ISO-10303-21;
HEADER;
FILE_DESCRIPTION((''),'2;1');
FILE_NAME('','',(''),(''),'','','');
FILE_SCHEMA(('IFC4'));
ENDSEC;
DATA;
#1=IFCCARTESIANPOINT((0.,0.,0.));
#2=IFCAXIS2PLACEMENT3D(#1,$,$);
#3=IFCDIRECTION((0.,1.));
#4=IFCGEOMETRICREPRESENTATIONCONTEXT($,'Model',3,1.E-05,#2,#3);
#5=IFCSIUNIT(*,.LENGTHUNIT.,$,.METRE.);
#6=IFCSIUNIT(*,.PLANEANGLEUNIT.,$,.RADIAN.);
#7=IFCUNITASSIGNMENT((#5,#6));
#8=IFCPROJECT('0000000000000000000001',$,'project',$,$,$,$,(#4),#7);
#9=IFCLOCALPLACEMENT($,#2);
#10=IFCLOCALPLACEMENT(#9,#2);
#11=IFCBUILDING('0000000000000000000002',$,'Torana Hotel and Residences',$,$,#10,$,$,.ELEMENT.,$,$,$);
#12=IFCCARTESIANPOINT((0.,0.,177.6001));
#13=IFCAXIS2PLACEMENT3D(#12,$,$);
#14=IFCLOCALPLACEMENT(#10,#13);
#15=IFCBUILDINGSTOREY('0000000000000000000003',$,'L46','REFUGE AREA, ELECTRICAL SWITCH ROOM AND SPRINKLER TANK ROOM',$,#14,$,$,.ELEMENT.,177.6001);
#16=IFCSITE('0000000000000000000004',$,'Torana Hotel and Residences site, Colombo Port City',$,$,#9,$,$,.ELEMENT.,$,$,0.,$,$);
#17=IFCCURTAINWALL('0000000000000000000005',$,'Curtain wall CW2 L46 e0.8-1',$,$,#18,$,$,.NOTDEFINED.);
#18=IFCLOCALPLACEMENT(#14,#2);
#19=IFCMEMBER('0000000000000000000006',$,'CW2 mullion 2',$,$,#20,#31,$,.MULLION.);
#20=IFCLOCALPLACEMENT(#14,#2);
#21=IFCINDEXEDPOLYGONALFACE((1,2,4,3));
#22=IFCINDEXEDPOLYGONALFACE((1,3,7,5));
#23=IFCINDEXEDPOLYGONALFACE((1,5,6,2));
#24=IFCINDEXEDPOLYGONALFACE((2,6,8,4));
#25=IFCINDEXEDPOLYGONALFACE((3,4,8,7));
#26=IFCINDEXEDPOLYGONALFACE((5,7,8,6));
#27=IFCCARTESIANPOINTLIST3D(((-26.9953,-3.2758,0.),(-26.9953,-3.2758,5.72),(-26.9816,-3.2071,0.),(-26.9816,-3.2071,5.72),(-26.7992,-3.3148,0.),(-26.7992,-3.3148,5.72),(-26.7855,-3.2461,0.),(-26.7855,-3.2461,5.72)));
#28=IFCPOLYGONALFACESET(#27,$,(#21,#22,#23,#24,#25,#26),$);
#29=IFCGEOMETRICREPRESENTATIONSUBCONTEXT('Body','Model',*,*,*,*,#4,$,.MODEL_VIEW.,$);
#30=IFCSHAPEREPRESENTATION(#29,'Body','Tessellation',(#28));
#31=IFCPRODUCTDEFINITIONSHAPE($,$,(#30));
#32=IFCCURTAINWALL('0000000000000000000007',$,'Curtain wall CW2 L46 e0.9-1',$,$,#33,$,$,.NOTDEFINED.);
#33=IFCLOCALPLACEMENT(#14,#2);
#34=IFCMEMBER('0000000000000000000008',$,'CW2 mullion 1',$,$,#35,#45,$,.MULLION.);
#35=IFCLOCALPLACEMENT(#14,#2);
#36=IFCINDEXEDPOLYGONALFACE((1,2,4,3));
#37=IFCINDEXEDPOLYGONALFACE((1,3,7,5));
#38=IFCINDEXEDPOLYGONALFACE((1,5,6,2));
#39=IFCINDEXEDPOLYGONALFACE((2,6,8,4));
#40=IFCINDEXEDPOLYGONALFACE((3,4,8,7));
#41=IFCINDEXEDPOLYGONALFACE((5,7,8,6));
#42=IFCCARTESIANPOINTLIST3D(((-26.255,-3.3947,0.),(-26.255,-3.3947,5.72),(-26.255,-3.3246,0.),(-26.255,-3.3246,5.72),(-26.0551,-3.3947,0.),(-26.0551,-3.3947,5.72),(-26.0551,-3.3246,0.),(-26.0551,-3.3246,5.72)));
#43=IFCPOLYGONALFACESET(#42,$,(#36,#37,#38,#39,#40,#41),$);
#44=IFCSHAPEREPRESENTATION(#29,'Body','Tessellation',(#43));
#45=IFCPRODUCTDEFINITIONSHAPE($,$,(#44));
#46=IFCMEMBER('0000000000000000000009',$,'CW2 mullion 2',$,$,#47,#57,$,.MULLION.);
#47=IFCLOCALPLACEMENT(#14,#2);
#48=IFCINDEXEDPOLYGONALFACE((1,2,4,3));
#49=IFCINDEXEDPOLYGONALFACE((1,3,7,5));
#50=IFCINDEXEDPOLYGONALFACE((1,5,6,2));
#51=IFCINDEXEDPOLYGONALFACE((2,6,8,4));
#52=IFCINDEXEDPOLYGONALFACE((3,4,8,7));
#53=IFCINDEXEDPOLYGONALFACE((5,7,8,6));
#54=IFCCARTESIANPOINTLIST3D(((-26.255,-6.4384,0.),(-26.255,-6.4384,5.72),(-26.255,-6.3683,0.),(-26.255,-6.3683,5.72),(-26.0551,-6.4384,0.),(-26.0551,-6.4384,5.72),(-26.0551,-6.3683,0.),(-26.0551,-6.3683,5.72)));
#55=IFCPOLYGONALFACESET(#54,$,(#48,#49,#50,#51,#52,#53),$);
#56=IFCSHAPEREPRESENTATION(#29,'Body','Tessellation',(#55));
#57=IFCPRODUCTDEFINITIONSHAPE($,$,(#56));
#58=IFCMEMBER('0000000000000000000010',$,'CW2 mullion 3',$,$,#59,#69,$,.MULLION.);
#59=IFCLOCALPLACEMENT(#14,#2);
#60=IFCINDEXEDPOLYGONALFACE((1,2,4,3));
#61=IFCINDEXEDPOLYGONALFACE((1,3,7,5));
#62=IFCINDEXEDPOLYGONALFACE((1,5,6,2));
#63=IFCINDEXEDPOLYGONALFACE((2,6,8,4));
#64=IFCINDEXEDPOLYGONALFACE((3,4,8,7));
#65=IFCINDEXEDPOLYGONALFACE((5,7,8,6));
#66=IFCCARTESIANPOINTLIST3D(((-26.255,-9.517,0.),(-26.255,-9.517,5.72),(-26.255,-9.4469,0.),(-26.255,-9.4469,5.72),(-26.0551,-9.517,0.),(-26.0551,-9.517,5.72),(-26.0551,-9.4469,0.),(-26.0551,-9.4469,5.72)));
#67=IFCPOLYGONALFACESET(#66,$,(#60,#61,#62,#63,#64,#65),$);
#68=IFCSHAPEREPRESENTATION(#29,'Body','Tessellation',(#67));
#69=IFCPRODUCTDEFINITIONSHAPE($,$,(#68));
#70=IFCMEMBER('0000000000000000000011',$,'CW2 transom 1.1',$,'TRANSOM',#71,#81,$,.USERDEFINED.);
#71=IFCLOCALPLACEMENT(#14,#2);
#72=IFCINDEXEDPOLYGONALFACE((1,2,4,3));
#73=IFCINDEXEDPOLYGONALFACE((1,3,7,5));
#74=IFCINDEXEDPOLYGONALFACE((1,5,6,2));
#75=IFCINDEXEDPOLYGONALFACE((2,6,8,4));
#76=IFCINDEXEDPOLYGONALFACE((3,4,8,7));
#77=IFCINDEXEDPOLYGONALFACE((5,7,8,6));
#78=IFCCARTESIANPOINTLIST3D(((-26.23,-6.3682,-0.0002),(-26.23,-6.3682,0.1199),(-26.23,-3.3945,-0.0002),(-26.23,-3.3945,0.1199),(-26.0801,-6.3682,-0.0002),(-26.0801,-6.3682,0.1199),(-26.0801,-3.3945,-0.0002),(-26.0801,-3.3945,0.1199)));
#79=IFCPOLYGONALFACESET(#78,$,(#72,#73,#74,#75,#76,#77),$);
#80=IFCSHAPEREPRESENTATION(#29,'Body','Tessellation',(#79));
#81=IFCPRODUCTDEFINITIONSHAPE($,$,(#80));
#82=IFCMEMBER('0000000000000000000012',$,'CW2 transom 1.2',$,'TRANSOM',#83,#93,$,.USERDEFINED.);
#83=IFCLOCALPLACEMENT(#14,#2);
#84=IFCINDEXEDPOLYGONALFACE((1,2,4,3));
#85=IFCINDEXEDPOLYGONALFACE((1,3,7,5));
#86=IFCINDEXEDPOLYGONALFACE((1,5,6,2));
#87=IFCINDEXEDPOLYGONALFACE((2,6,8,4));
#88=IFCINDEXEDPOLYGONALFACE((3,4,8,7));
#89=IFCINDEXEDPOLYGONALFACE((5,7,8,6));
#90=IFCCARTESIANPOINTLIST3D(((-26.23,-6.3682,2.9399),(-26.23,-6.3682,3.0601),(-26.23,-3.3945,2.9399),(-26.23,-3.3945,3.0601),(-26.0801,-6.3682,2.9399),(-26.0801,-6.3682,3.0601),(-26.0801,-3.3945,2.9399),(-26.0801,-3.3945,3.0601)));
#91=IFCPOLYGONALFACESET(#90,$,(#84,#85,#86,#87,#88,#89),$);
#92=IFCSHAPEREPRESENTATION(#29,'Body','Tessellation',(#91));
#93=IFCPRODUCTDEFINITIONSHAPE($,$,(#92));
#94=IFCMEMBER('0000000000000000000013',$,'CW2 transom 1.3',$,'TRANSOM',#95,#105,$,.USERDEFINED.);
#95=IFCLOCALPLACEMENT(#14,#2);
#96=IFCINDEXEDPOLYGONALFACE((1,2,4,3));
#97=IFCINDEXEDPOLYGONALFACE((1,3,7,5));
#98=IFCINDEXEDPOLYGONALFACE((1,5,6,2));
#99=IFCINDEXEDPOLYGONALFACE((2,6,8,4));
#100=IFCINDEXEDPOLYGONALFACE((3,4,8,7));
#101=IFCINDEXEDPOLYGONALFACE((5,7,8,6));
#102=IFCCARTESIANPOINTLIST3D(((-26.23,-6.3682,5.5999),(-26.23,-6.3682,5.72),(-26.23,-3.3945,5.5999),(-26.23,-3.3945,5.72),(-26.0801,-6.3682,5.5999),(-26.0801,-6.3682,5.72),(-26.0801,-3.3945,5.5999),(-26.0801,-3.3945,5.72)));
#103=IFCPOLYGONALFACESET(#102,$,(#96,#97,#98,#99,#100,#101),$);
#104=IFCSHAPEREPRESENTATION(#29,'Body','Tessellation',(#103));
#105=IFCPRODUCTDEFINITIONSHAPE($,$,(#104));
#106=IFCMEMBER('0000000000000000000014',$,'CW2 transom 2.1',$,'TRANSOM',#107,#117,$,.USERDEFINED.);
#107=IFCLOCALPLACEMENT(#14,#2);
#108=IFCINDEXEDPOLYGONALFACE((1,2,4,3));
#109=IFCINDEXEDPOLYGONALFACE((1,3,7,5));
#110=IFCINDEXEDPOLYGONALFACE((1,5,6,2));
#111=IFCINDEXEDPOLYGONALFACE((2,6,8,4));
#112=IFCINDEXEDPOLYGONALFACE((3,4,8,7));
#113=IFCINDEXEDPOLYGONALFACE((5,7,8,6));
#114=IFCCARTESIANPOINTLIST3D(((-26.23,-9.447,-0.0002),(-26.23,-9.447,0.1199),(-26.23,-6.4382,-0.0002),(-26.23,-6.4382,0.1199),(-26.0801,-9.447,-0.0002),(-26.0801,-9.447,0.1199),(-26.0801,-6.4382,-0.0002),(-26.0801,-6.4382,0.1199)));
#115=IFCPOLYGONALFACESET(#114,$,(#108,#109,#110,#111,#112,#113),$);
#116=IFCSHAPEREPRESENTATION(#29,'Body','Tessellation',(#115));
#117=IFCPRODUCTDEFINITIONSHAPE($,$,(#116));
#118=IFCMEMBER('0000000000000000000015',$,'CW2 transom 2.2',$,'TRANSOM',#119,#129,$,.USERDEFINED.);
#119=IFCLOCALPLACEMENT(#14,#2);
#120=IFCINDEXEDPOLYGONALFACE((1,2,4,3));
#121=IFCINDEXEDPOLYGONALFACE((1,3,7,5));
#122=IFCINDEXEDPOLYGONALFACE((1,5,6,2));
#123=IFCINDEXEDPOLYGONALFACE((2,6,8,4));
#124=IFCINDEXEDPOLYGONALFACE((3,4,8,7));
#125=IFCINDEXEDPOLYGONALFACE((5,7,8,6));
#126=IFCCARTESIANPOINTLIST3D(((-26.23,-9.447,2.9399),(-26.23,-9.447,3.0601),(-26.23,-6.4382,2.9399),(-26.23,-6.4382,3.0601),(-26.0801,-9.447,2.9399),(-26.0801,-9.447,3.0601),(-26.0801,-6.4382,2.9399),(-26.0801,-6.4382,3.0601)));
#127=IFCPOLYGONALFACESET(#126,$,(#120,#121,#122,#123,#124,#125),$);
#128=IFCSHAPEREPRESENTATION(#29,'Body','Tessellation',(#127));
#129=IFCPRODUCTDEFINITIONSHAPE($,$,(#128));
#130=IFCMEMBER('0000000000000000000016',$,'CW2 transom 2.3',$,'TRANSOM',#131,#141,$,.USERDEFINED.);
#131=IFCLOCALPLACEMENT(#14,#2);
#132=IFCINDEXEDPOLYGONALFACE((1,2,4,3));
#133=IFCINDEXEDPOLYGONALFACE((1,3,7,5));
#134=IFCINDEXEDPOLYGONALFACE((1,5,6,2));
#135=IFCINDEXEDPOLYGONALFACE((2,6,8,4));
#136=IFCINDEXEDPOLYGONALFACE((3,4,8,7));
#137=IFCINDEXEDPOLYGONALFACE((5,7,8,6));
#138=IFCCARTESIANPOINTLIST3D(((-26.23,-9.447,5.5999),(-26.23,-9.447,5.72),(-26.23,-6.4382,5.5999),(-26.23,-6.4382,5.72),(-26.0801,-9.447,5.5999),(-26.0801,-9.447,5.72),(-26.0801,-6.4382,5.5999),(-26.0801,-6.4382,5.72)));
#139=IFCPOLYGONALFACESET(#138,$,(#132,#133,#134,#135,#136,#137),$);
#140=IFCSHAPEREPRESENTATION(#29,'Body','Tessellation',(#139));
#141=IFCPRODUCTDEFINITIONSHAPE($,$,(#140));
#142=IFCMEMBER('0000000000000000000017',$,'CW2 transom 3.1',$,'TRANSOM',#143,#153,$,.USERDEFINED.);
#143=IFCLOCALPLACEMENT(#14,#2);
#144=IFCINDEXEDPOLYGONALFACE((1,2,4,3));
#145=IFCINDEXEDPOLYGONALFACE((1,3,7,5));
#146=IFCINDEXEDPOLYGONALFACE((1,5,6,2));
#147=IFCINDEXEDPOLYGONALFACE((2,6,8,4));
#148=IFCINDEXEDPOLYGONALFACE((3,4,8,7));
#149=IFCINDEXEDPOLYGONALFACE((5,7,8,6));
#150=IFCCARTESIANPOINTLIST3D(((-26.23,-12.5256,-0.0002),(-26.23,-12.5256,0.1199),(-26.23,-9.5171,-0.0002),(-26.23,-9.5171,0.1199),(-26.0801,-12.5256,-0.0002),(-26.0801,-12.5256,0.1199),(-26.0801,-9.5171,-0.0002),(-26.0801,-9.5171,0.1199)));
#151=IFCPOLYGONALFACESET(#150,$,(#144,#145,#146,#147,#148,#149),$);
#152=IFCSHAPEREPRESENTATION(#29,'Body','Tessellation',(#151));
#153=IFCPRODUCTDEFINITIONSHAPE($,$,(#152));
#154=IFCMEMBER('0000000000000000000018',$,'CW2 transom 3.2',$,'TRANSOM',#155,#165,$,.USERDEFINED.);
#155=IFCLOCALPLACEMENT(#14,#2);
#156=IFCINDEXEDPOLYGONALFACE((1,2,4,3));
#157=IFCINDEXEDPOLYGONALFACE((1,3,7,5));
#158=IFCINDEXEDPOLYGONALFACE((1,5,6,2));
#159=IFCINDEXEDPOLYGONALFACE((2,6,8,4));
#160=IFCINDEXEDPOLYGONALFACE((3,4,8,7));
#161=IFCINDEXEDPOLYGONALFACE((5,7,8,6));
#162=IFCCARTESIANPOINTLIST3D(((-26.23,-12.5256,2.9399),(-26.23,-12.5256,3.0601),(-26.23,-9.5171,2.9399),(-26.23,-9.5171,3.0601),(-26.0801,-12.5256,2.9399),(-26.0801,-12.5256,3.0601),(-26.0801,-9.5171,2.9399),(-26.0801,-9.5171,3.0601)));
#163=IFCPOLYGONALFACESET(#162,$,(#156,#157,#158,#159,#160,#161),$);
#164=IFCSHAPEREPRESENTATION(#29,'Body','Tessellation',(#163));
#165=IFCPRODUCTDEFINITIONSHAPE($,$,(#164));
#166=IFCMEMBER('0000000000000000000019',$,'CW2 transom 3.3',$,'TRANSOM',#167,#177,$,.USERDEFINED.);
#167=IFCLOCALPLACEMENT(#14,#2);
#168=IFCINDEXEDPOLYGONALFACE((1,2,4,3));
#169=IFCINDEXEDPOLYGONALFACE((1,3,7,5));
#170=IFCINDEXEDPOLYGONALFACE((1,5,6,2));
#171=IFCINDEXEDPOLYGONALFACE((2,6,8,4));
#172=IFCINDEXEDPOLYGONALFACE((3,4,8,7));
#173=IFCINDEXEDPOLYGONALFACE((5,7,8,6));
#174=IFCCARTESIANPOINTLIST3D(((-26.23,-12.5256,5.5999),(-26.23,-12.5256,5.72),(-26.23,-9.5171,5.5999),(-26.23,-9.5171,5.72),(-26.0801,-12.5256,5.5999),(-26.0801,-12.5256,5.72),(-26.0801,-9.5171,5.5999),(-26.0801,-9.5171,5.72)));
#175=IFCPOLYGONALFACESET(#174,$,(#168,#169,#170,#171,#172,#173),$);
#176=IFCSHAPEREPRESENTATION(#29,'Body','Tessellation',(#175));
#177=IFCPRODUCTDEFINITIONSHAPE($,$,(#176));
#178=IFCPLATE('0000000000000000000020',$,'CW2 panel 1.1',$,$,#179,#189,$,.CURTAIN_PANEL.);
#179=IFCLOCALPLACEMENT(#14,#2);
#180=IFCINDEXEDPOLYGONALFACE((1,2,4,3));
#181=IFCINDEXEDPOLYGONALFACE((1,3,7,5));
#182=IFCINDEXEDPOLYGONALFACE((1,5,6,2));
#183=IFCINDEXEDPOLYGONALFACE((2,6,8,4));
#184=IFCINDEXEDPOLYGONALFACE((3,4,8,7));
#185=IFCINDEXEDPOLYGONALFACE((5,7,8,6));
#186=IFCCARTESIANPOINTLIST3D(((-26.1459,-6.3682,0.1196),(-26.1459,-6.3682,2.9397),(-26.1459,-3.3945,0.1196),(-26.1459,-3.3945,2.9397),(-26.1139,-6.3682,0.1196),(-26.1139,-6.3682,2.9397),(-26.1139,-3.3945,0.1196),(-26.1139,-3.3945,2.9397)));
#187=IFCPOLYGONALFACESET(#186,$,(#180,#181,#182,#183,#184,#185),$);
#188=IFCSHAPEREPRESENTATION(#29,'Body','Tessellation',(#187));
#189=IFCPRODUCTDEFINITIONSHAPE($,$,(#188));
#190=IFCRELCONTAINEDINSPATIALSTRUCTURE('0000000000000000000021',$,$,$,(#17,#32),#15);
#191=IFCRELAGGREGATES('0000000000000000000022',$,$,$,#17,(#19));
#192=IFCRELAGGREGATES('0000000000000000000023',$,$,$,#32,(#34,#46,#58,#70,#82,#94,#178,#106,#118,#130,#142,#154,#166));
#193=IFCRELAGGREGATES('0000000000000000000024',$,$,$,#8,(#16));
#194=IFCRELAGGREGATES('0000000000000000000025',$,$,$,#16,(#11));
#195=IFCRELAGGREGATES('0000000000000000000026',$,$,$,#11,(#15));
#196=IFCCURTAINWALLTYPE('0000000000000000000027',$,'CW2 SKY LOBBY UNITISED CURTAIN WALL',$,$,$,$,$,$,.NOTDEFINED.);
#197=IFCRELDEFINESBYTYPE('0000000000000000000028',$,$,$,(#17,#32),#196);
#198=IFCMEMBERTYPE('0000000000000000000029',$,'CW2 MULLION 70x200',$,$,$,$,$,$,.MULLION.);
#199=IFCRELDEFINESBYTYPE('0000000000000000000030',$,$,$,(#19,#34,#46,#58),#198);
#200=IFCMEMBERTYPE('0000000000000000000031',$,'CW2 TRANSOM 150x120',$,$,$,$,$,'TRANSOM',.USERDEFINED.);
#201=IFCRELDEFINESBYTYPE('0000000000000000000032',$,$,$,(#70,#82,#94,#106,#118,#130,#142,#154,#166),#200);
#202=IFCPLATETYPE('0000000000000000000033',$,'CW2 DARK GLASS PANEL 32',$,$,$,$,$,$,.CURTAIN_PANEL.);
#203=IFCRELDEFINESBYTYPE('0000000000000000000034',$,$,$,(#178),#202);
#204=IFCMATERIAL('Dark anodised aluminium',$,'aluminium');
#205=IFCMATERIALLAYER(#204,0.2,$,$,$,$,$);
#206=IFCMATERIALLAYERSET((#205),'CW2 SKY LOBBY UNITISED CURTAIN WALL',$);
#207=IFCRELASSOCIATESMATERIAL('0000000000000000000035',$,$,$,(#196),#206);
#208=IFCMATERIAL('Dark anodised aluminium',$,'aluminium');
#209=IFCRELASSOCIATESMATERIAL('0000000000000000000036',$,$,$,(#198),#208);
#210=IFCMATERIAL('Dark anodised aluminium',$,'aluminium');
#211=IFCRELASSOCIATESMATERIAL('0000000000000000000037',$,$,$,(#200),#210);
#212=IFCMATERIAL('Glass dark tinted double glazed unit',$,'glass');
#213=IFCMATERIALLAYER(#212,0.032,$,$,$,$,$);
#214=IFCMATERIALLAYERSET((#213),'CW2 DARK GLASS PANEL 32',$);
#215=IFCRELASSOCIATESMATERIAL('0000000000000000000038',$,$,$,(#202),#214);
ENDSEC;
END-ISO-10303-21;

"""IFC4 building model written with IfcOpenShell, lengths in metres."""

from ifc_helpers import new_model, si_unit, direction, frame, origin, origin_2d, place, context, subcontext, project, spatial, rectangle, extrude, material, layer, layer_set, material_profile, profile_set, type_object, element, aggregate, save


model = new_model("IFC4")

# Units and contexts
model_context = context("Model", 3, precision=1e-05, world=origin(), true_north=direction((0.0, 1.0)))
body_context = subcontext(model_context, "Body", "Model", "MODEL_VIEW")
ifc_project = project(units=[si_unit("LENGTHUNIT", "METRE"), si_unit("PLANEANGLEUNIT", "RADIAN")], contexts=[model_context])

# Site, building, storey
site_placement = place(None, origin())
site = spatial("IfcSite", under=ifc_project, at=site_placement, Name="Torana Hotel and Residences site, Colombo Port City", CompositionType="ELEMENT", RefElevation=0.0)
building_placement = place(site_placement, origin())
building = spatial("IfcBuilding", under=site, at=building_placement, Name="Torana Hotel and Residences", CompositionType="ELEMENT")
storey_placement = place(building_placement, frame((0.0, 0.0, 177.6001)))
storey = spatial("IfcBuildingStorey", under=building, at=storey_placement, Name="L46", Description="REFUGE AREA, ELECTRICAL SWITCH ROOM AND SPRINKLER TANK ROOM", CompositionType="ELEMENT", Elevation=177.6001)

# Curtain wall, member
ifc_material_1 = material(Name="Dark anodised aluminium", Category="aluminium")
ifc_layer_1 = layer(ifc_material_1, 0.2)
ifc_layer_set_1 = layer_set([ifc_layer_1], Name="CW2 SKY LOBBY UNITISED CURTAIN WALL")
curtain_wall_type = type_object("IfcCurtainWallType", Name="CW2 SKY LOBBY UNITISED CURTAIN WALL", PredefinedType="NOTDEFINED", material=ifc_layer_set_1)
curtain_wall_1_placement = place(storey_placement, origin())
curtain_wall_1 = element("IfcCurtainWall", 1, at=curtain_wall_1_placement, inside=storey, type_object=curtain_wall_type, Name="Curtain wall CW2 L46 e0.8-1", PredefinedType="NOTDEFINED")
ifc_material_2 = material(Name="Dark anodised aluminium", Category="aluminium")
ifc_material_profile_1 = material_profile(ifc_material_2, rectangle(XDim=0.2, YDim=0.0701, at=origin_2d()), Name="CW2 MULLION 70x200")
ifc_profile_set_1 = profile_set([ifc_material_profile_1], Name="Dark anodised aluminium")
member_type_1 = type_object("IfcMemberType", Name="CW2 MULLION 70x200", PredefinedType="MULLION", material=ifc_profile_set_1)
member_1_placement = place(storey_placement, frame((-26.8904, -3.261, 0.0), z_axis=(0.0, 0.0, 1.0), x_axis=(0.980791, -0.195064, 0.0)))
member_1 = element("IfcMember", 2, at=member_1_placement, type_object=member_type_1, Name="CW2 mullion 2", PredefinedType="MULLION", context=body_context, shape_type="SweptSolid", body=[
    extrude(rectangle(XDim=0.2, YDim=0.0701, at=origin_2d()), origin(), (0.0, 0.0, 1.0), 5.72),
])
aggregate(curtain_wall_1, [member_1])

# Curtain wall, members, plate
curtain_wall_2_placement = place(storey_placement, origin())
curtain_wall_2 = element("IfcCurtainWall", 3, at=curtain_wall_2_placement, inside=storey, type_object=curtain_wall_type, Name="Curtain wall CW2 L46 e0.9-1", PredefinedType="NOTDEFINED")
member_2_placement = place(storey_placement, frame((-26.155, -3.3596, 0.0), z_axis=(0.0, 0.0, 1.0), x_axis=(1.0, 0.0, 0.0)))
member_2 = element("IfcMember", 4, at=member_2_placement, type_object=member_type_1, Name="CW2 mullion 1", PredefinedType="MULLION", context=body_context, shape_type="SweptSolid", body=[
    extrude(rectangle(XDim=0.2, YDim=0.0701, at=origin_2d()), origin(), (0.0, 0.0, 1.0), 5.72),
])
member_3_placement = place(storey_placement, frame((-26.155, -6.4033, 0.0), z_axis=(0.0, 0.0, 1.0), x_axis=(1.0, 0.0, 0.0)))
member_3 = element("IfcMember", 5, at=member_3_placement, type_object=member_type_1, Name="CW2 mullion 2", PredefinedType="MULLION", context=body_context, shape_type="SweptSolid", body=[
    extrude(rectangle(XDim=0.2, YDim=0.0701, at=origin_2d()), origin(), (0.0, 0.0, 1.0), 5.72),
])
member_4_placement = place(storey_placement, frame((-26.155, -9.4819, 0.0), z_axis=(0.0, 0.0, 1.0), x_axis=(1.0, 0.0, 0.0)))
member_4 = element("IfcMember", 6, at=member_4_placement, type_object=member_type_1, Name="CW2 mullion 3", PredefinedType="MULLION", context=body_context, shape_type="SweptSolid", body=[
    extrude(rectangle(XDim=0.2, YDim=0.0701, at=origin_2d()), origin(), (0.0, 0.0, 1.0), 5.72),
])
ifc_material_3 = material(Name="Dark anodised aluminium", Category="aluminium")
ifc_material_profile_2 = material_profile(ifc_material_3, rectangle(XDim=0.1499, YDim=0.1201, at=origin_2d()), Name="CW2 TRANSOM 150x120")
ifc_profile_set_2 = profile_set([ifc_material_profile_2], Name="Dark anodised aluminium")
member_type_2 = type_object("IfcMemberType", Name="CW2 TRANSOM 150x120", ElementType="TRANSOM", PredefinedType="USERDEFINED", material=ifc_profile_set_2)
member_5_placement = place(storey_placement, frame((-26.155, -3.3945, 0.0598), z_axis=(0.0, -1.0, 0.0), x_axis=(1.0, 0.0, 0.0)))
member_5 = element("IfcMember", 7, at=member_5_placement, type_object=member_type_2, Name="CW2 transom 1.1", ObjectType="TRANSOM", PredefinedType="USERDEFINED", context=body_context, shape_type="SweptSolid", body=[
    extrude(rectangle(XDim=0.1499, YDim=0.1201, at=origin_2d()), origin(), (0.0, 0.0, 1.0), 2.9736),
])
member_6_placement = place(storey_placement, frame((-26.155, -3.3945, 3.0), z_axis=(0.0, -1.0, 0.0), x_axis=(1.0, 0.0, 0.0)))
member_6 = element("IfcMember", 8, at=member_6_placement, type_object=member_type_2, Name="CW2 transom 1.2", ObjectType="TRANSOM", PredefinedType="USERDEFINED", context=body_context, shape_type="SweptSolid", body=[
    extrude(rectangle(XDim=0.1499, YDim=0.1201, at=origin_2d()), origin(), (0.0, 0.0, 1.0), 2.9736),
])
member_7_placement = place(storey_placement, frame((-26.155, -3.3945, 5.6599), z_axis=(0.0, -1.0, 0.0), x_axis=(1.0, 0.0, 0.0)))
member_7 = element("IfcMember", 9, at=member_7_placement, type_object=member_type_2, Name="CW2 transom 1.3", ObjectType="TRANSOM", PredefinedType="USERDEFINED", context=body_context, shape_type="SweptSolid", body=[
    extrude(rectangle(XDim=0.1499, YDim=0.1201, at=origin_2d()), origin(), (0.0, 0.0, 1.0), 2.9736),
])
member_8_placement = place(storey_placement, frame((-26.155, -6.4382, 0.0598), z_axis=(0.0, -1.0, 0.0), x_axis=(1.0, 0.0, 0.0)))
member_8 = element("IfcMember", 10, at=member_8_placement, type_object=member_type_2, Name="CW2 transom 2.1", ObjectType="TRANSOM", PredefinedType="USERDEFINED", context=body_context, shape_type="SweptSolid", body=[
    extrude(rectangle(XDim=0.1499, YDim=0.1201, at=origin_2d()), origin(), (0.0, 0.0, 1.0), 3.0088),
])
member_9_placement = place(storey_placement, frame((-26.155, -6.4382, 3.0), z_axis=(0.0, -1.0, 0.0), x_axis=(1.0, 0.0, 0.0)))
member_9 = element("IfcMember", 11, at=member_9_placement, type_object=member_type_2, Name="CW2 transom 2.2", ObjectType="TRANSOM", PredefinedType="USERDEFINED", context=body_context, shape_type="SweptSolid", body=[
    extrude(rectangle(XDim=0.1499, YDim=0.1201, at=origin_2d()), origin(), (0.0, 0.0, 1.0), 3.0088),
])
member_10_placement = place(storey_placement, frame((-26.155, -6.4382, 5.6599), z_axis=(0.0, -1.0, 0.0), x_axis=(1.0, 0.0, 0.0)))
member_10 = element("IfcMember", 12, at=member_10_placement, type_object=member_type_2, Name="CW2 transom 2.3", ObjectType="TRANSOM", PredefinedType="USERDEFINED", context=body_context, shape_type="SweptSolid", body=[
    extrude(rectangle(XDim=0.1499, YDim=0.1201, at=origin_2d()), origin(), (0.0, 0.0, 1.0), 3.0088),
])
member_11_placement = place(storey_placement, frame((-26.155, -9.5171, 0.0598), z_axis=(0.0, -1.0, 0.0), x_axis=(1.0, 0.0, 0.0)))
member_11 = element("IfcMember", 13, at=member_11_placement, type_object=member_type_2, Name="CW2 transom 3.1", ObjectType="TRANSOM", PredefinedType="USERDEFINED", context=body_context, shape_type="SweptSolid", body=[
    extrude(rectangle(XDim=0.1499, YDim=0.1201, at=origin_2d()), origin(), (0.0, 0.0, 1.0), 3.0085),
])
member_12_placement = place(storey_placement, frame((-26.155, -9.5171, 3.0), z_axis=(0.0, -1.0, 0.0), x_axis=(1.0, 0.0, 0.0)))
member_12 = element("IfcMember", 14, at=member_12_placement, type_object=member_type_2, Name="CW2 transom 3.2", ObjectType="TRANSOM", PredefinedType="USERDEFINED", context=body_context, shape_type="SweptSolid", body=[
    extrude(rectangle(XDim=0.1499, YDim=0.1201, at=origin_2d()), origin(), (0.0, 0.0, 1.0), 3.0085),
])
member_13_placement = place(storey_placement, frame((-26.155, -9.5171, 5.6599), z_axis=(0.0, -1.0, 0.0), x_axis=(1.0, 0.0, 0.0)))
member_13 = element("IfcMember", 15, at=member_13_placement, type_object=member_type_2, Name="CW2 transom 3.3", ObjectType="TRANSOM", PredefinedType="USERDEFINED", context=body_context, shape_type="SweptSolid", body=[
    extrude(rectangle(XDim=0.1499, YDim=0.1201, at=origin_2d()), origin(), (0.0, 0.0, 1.0), 3.0085),
])
ifc_material_4 = material(Name="Glass dark tinted double glazed unit", Category="glass")
ifc_layer_2 = layer(ifc_material_4, 0.032)
ifc_layer_set_2 = layer_set([ifc_layer_2], Name="CW2 DARK GLASS PANEL 32")
plate_type = type_object("IfcPlateType", Name="CW2 DARK GLASS PANEL 32", PredefinedType="CURTAIN_PANEL", material=ifc_layer_set_2)
plate_1_placement = place(storey_placement, frame((-26.1299, -4.8813, 0.1196), z_axis=(0.0, 0.0, 1.0), x_axis=(0.0, -1.0, 0.0)))
plate_1 = element("IfcPlate", 16, at=plate_1_placement, type_object=plate_type, Name="CW2 panel 1.1", PredefinedType="CURTAIN_PANEL", context=body_context, shape_type="SweptSolid", body=[
    extrude(rectangle(XDim=2.9736, YDim=0.032, at=origin_2d()), origin(), (0.0, 0.0, 1.0), 2.8201),
])
aggregate(curtain_wall_2, [member_2, member_3, member_4, member_5, member_6, member_7, plate_1, member_8, member_9, member_10, member_11, member_12, member_13])

save(model, "model.ifc")
